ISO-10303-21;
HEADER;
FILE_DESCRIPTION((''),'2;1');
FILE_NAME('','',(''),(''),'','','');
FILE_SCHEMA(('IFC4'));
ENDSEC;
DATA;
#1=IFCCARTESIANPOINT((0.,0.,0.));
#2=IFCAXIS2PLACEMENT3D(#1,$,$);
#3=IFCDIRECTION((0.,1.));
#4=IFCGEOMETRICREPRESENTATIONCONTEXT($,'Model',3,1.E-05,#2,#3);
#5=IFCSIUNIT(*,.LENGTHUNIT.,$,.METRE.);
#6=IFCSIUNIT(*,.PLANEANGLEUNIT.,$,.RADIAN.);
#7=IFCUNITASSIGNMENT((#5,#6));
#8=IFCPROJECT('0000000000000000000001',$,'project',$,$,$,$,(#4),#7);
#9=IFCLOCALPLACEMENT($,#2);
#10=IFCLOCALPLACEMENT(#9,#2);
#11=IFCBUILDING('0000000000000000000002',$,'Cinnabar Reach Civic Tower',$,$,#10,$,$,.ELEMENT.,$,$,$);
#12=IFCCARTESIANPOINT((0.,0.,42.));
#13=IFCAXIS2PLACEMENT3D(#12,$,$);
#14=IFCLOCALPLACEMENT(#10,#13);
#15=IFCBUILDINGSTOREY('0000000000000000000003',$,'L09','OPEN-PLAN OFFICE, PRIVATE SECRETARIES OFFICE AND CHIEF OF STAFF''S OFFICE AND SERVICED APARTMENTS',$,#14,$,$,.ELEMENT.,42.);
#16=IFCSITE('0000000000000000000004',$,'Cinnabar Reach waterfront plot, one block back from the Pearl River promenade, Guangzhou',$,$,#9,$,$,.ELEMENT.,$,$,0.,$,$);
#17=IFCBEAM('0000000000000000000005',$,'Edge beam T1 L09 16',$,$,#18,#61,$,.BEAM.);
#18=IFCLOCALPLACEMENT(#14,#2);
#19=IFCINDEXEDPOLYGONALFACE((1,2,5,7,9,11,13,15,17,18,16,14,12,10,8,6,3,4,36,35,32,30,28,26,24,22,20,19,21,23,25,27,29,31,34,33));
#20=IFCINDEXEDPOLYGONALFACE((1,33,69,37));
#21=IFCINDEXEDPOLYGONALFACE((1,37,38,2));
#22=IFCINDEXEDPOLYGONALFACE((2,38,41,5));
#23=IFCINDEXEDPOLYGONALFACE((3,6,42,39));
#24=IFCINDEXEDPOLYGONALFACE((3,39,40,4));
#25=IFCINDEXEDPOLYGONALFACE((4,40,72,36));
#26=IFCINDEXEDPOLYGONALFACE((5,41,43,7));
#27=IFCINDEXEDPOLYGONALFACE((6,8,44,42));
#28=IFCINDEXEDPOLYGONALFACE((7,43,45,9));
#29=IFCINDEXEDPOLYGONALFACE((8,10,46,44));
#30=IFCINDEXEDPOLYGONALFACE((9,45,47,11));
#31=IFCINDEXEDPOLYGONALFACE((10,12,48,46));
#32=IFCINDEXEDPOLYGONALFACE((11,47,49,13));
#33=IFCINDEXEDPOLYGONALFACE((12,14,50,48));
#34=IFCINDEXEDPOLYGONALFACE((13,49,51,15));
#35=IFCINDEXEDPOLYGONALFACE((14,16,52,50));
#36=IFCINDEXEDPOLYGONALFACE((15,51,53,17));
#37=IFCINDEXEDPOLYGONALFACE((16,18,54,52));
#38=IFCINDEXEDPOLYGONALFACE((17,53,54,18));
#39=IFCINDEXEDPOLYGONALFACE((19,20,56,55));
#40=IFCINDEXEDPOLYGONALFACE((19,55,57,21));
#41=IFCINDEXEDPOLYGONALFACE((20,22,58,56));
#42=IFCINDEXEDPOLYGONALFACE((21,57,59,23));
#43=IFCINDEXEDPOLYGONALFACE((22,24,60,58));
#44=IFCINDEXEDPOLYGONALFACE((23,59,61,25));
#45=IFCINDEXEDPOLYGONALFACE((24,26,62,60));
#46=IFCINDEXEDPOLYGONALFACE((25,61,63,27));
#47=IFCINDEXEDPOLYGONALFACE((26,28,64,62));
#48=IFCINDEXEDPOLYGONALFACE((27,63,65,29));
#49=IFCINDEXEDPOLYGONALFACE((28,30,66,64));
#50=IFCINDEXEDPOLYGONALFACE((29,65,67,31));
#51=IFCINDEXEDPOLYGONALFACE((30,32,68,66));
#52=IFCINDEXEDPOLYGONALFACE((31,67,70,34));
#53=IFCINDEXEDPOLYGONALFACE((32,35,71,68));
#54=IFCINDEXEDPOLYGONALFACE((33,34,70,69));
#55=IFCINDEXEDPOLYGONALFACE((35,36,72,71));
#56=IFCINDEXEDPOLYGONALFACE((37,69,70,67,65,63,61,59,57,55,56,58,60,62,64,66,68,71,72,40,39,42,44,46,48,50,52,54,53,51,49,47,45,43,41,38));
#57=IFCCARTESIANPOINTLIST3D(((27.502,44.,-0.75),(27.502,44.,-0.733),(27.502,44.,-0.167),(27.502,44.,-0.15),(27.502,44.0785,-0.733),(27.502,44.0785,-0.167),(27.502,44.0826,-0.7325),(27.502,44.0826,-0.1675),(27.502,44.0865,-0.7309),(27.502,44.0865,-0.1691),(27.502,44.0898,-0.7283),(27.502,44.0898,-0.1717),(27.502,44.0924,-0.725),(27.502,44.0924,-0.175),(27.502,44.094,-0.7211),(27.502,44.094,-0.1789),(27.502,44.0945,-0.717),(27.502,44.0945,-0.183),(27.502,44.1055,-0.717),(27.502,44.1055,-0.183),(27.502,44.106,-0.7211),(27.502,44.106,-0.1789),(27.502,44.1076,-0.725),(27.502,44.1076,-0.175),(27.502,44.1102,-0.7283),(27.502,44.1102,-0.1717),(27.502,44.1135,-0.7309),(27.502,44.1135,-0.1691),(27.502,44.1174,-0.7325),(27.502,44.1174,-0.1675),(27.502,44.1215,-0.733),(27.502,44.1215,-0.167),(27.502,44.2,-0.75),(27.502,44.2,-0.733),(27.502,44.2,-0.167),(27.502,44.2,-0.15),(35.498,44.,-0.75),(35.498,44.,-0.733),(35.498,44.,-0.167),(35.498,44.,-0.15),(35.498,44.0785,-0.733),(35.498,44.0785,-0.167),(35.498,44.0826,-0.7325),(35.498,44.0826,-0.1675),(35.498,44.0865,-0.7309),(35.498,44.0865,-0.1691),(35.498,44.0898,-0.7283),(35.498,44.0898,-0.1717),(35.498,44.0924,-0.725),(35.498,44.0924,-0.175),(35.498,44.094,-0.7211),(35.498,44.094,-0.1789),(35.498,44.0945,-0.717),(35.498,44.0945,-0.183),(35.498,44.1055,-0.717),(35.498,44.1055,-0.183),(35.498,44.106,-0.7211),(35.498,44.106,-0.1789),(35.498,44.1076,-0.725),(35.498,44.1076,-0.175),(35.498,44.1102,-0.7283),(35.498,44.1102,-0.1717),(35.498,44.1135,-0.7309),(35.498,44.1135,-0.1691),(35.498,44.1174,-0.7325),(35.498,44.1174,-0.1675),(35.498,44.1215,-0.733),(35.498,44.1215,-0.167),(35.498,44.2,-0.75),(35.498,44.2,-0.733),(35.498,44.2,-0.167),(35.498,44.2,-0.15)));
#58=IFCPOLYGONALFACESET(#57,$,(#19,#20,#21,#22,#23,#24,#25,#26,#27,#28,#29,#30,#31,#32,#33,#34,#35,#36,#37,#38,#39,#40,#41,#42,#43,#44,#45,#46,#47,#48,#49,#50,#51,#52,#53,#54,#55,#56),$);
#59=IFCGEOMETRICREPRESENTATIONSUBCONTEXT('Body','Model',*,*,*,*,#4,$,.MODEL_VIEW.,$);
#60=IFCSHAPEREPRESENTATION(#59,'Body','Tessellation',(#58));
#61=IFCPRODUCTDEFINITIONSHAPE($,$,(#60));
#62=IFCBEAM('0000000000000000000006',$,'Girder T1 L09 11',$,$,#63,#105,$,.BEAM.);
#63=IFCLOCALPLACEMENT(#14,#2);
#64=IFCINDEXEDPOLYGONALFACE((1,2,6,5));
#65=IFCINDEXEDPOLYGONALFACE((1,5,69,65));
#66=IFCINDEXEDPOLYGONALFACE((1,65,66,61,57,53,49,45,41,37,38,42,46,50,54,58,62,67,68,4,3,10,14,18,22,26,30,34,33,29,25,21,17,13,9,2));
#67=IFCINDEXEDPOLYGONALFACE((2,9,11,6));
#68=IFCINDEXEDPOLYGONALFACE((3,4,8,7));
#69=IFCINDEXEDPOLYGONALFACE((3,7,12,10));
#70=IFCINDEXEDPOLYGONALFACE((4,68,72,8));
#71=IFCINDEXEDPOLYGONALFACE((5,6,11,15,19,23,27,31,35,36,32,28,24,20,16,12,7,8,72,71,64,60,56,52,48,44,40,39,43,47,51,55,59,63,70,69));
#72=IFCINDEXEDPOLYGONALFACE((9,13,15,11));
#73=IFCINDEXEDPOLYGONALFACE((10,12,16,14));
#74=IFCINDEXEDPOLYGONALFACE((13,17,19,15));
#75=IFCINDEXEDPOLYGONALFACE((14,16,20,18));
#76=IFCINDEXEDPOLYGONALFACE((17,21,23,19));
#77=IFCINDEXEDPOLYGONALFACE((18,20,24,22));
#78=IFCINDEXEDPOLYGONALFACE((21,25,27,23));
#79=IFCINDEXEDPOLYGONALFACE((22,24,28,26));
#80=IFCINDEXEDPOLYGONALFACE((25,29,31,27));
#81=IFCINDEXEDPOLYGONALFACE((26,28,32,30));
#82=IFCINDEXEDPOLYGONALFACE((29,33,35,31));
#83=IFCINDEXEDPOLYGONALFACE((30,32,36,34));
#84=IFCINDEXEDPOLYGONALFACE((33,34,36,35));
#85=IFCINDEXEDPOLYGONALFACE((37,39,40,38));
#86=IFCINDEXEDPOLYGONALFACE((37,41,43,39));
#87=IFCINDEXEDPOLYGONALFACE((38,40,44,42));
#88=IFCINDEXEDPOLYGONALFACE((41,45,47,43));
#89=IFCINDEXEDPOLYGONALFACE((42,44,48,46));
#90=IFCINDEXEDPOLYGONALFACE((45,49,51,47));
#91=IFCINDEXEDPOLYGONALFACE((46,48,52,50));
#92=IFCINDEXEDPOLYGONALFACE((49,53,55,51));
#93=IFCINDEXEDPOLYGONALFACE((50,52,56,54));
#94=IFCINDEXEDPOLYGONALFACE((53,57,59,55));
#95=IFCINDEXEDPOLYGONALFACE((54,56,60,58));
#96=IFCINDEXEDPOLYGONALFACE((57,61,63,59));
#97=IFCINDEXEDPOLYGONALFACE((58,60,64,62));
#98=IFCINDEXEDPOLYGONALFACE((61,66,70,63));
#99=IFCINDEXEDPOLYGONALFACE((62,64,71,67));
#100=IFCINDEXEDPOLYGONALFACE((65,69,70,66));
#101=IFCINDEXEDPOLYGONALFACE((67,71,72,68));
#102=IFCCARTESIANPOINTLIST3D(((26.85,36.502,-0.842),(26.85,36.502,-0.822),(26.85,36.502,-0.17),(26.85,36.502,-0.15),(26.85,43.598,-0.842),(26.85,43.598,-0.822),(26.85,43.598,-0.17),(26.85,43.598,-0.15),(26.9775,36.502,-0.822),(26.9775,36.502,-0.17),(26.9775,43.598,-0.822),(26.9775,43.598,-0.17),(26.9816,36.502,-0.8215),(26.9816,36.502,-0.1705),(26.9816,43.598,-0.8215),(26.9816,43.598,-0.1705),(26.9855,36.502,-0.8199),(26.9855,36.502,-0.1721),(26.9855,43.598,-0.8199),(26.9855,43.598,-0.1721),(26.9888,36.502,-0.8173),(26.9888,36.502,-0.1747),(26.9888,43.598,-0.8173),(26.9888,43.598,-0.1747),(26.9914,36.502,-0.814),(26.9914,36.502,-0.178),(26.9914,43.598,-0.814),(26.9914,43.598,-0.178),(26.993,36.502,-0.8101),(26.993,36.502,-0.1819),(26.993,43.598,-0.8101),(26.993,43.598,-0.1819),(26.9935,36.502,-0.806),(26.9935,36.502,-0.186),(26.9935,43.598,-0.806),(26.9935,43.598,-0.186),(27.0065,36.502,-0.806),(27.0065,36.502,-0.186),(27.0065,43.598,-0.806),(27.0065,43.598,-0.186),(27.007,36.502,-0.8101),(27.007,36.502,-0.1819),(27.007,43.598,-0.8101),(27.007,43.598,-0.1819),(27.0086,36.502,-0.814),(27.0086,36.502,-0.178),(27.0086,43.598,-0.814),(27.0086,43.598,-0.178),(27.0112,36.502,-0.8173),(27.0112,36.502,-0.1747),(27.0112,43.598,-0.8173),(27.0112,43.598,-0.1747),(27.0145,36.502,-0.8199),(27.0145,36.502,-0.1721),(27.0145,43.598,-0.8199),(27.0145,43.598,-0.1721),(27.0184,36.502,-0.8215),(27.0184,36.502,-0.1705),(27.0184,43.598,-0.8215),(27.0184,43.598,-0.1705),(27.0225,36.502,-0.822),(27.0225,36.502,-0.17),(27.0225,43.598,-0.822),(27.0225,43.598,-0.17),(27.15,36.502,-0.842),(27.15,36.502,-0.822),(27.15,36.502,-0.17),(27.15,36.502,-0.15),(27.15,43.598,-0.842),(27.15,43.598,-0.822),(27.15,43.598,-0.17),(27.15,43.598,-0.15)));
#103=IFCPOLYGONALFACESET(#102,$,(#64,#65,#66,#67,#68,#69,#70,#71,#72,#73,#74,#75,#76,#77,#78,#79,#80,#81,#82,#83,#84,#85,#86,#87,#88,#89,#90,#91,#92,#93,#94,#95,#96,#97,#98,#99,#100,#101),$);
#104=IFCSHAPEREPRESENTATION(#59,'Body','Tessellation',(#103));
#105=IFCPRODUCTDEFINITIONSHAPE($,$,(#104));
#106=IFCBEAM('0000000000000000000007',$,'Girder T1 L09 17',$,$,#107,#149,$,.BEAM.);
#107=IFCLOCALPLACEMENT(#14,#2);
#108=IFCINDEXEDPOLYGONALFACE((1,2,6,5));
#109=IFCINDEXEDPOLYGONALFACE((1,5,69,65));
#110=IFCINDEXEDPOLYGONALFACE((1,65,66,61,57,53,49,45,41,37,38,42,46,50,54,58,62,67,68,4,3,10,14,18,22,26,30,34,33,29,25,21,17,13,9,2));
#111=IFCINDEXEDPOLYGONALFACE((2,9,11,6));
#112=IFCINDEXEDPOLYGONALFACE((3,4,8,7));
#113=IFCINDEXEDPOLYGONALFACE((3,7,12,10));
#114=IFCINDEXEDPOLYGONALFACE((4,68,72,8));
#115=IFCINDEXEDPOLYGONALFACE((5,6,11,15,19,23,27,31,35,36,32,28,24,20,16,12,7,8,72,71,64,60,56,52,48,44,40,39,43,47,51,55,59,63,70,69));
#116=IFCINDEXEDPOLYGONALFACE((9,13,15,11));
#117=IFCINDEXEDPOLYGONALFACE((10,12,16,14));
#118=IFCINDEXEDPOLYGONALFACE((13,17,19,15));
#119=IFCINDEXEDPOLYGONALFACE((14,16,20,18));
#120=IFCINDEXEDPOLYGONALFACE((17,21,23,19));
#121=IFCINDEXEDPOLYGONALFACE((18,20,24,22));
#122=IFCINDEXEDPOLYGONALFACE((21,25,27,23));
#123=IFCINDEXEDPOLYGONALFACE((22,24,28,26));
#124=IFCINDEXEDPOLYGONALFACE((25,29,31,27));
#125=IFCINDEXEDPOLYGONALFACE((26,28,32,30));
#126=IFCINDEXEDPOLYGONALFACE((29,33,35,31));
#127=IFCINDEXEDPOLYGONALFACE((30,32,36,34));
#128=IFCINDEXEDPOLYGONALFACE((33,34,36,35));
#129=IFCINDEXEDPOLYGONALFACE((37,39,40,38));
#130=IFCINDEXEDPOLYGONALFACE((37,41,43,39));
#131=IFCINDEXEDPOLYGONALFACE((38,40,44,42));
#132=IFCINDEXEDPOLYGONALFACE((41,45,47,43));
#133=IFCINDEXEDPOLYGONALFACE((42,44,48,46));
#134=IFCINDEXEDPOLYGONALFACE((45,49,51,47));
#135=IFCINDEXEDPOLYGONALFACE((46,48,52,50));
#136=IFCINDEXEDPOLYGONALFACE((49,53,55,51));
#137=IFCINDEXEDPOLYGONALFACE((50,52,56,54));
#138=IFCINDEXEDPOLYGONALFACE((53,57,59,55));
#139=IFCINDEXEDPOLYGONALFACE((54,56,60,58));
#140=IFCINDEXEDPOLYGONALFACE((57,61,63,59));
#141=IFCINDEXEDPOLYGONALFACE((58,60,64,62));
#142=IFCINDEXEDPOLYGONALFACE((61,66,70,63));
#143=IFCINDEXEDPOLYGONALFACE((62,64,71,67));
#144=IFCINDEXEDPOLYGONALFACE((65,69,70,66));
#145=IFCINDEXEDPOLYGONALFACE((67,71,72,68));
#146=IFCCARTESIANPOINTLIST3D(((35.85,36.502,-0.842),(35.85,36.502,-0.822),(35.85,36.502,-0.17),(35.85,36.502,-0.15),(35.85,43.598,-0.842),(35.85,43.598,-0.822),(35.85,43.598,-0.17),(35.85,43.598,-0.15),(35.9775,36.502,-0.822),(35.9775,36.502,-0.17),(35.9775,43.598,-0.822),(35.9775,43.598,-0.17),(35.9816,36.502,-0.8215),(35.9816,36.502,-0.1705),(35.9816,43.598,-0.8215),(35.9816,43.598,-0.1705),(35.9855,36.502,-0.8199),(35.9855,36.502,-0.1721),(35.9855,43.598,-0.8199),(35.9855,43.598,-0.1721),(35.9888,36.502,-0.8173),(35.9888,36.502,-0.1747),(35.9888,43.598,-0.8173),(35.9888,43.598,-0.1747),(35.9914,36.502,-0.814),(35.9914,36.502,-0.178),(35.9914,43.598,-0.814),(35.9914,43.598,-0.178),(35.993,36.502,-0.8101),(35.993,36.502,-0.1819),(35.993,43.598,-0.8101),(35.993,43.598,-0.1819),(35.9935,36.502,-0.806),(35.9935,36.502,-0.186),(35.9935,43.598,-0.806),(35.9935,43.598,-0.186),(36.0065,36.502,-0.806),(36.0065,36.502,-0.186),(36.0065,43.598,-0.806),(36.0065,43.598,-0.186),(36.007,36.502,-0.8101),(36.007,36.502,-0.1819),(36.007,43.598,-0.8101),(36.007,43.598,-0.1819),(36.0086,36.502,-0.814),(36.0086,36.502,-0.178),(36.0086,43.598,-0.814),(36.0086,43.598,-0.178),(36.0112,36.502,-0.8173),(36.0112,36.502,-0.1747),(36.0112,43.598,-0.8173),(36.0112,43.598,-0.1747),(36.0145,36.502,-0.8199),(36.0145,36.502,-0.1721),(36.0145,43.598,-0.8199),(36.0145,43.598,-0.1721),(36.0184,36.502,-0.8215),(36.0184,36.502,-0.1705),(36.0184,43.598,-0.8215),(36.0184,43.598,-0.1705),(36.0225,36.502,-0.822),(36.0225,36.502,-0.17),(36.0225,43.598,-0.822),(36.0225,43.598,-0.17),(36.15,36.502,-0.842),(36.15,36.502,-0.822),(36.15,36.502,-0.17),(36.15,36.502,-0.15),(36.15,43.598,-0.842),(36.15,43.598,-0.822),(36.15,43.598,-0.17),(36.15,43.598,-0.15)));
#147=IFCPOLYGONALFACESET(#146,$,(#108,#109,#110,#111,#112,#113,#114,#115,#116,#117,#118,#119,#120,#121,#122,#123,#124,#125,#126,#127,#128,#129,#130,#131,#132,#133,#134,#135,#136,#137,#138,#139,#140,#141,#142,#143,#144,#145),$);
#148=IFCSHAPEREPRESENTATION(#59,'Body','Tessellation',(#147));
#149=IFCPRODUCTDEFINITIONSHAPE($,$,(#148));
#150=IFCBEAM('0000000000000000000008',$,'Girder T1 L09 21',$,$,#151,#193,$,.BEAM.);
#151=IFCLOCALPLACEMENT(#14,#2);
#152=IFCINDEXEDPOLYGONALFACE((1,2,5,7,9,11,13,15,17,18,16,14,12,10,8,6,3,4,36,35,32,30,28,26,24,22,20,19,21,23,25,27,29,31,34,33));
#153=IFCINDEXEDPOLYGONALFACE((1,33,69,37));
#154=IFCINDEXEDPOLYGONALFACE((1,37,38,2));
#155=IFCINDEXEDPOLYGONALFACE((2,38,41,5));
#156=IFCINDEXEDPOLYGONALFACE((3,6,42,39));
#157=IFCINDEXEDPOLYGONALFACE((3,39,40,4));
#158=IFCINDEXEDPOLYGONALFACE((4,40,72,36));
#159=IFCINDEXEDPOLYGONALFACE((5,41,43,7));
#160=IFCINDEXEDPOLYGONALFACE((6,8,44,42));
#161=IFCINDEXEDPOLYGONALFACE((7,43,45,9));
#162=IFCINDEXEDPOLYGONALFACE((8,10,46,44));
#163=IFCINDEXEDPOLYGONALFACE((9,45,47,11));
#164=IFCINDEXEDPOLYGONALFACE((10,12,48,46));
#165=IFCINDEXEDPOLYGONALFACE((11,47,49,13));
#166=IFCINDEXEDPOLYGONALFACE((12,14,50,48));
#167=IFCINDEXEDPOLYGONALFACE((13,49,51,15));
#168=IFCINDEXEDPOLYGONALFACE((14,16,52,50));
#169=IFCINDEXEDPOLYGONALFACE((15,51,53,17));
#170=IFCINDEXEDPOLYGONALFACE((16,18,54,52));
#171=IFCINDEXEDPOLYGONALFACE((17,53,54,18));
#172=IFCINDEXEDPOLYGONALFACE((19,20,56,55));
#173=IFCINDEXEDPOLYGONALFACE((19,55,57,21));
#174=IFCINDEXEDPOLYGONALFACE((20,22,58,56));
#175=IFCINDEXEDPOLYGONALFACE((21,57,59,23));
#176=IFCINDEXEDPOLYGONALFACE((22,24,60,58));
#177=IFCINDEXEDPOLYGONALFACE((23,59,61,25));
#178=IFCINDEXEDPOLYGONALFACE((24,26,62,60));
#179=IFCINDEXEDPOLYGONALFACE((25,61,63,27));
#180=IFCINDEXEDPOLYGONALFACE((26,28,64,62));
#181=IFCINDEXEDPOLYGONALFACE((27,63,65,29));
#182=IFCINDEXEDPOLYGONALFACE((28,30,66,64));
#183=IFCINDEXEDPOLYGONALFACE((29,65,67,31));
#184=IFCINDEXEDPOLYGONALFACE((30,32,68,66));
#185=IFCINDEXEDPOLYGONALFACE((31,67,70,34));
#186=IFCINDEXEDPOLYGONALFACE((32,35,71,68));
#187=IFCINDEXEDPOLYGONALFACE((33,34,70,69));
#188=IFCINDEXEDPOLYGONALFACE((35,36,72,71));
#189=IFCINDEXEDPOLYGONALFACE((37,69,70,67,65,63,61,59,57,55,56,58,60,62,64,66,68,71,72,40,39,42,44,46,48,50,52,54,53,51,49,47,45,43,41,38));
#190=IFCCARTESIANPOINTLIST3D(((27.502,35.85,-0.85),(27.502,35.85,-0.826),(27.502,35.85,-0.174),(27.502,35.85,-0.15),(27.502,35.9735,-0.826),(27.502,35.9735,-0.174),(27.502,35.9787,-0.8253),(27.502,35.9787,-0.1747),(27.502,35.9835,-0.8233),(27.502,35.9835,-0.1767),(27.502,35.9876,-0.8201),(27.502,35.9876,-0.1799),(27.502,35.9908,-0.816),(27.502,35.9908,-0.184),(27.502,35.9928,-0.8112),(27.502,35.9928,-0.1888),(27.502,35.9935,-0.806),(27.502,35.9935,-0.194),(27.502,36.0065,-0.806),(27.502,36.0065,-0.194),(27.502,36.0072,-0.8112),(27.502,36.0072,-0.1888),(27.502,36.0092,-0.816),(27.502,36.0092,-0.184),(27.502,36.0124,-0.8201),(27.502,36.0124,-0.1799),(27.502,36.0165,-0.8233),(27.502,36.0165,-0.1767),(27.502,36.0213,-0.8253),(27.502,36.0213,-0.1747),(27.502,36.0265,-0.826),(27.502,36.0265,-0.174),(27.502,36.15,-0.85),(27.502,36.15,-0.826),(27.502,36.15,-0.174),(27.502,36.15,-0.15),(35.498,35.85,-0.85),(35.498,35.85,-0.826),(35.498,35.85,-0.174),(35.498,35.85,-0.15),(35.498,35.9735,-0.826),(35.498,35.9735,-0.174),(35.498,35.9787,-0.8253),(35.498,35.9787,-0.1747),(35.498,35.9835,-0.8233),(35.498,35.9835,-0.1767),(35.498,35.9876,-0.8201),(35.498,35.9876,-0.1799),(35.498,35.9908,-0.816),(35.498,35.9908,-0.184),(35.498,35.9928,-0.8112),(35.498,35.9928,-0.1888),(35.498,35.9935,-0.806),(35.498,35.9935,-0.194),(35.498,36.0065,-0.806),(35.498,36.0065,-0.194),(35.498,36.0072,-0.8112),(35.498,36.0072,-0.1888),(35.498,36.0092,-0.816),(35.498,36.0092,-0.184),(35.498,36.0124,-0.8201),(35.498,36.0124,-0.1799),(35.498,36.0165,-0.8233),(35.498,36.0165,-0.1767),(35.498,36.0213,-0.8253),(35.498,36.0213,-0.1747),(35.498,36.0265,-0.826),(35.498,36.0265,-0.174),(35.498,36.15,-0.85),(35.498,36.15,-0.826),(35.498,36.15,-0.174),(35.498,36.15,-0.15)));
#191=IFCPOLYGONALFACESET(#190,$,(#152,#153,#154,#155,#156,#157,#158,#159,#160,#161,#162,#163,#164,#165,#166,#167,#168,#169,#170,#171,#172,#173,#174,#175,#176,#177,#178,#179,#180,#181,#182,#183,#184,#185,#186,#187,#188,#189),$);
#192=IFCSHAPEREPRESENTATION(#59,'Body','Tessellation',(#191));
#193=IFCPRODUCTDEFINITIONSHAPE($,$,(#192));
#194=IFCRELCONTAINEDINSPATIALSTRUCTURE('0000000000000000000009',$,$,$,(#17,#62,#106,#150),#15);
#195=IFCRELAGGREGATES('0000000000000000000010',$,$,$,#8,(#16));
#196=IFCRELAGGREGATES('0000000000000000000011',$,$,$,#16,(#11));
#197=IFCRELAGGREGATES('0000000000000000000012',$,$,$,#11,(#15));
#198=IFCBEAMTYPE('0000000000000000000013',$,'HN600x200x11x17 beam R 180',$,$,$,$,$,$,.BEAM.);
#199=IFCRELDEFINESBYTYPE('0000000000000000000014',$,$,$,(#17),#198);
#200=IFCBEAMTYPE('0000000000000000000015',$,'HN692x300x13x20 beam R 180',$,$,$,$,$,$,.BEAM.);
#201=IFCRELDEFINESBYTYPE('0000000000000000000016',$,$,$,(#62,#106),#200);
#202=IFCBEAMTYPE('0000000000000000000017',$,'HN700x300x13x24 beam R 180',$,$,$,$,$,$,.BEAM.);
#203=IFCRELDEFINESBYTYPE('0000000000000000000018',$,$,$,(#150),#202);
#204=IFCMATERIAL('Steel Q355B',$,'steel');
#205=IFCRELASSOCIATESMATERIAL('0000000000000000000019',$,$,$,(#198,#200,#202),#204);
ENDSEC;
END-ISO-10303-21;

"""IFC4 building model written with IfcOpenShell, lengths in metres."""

from ifc_helpers import new_model, si_unit, direction, frame, origin, origin_2d, place, context, subcontext, project, spatial, i_section, extrude, material, material_profile, profile_set, type_object, element, save


model = new_model("IFC4")

# Units and contexts
model_context = context("Model", 3, precision=1e-05, world=origin(), true_north=direction((0.0, 1.0)))
body_context = subcontext(model_context, "Body", "Model", "MODEL_VIEW")
ifc_project = project(units=[si_unit("LENGTHUNIT", "METRE"), si_unit("PLANEANGLEUNIT", "RADIAN")], contexts=[model_context])

# Site, building, storey
site_placement = place(None, origin())
site = spatial("IfcSite", under=ifc_project, at=site_placement, Name="Cinnabar Reach waterfront plot, one block back from the Pearl River promenade, Guangzhou", CompositionType="ELEMENT", RefElevation=0.0)
building_placement = place(site_placement, origin())
building = spatial("IfcBuilding", under=site, at=building_placement, Name="Cinnabar Reach Civic Tower", CompositionType="ELEMENT")
storey_placement = place(building_placement, frame((0.0, 0.0, 42.0)))
storey = spatial("IfcBuildingStorey", under=building, at=storey_placement, Name="L09", Description="OPEN-PLAN OFFICE, PRIVATE SECRETARIES OFFICE AND CHIEF OF STAFF'S OFFICE AND SERVICED APARTMENTS", CompositionType="ELEMENT", Elevation=42.0)

# Beams
ifc_material_1 = material(Name="Steel Q355B", Category="steel")
ifc_material_profile_1 = material_profile(ifc_material_1, i_section(OverallWidth=0.2, OverallDepth=0.6, WebThickness=0.011, FlangeThickness=0.017, FilletRadius=0.016, at=origin_2d()), Name="HN600x200x11x17")
ifc_profile_set_1 = profile_set([ifc_material_profile_1], Name="Steel Q355B")
beam_type_1 = type_object("IfcBeamType", Name="HN600x200x11x17 beam R 180", PredefinedType="BEAM", material=ifc_profile_set_1)
beam_1_placement = place(storey_placement, frame((35.498, 44.1, -0.45), z_axis=(-1.0, 0.0, 0.0), x_axis=(0.0, -1.0, 0.0)))
element("IfcBeam", 1, at=beam_1_placement, inside=storey, type_object=beam_type_1, Name="Edge beam T1 L09 16", PredefinedType="BEAM", context=body_context, shape_type="SweptSolid", body=[
    extrude(i_section(OverallWidth=0.2, OverallDepth=0.6, WebThickness=0.011, FlangeThickness=0.017, FilletRadius=0.016, at=origin_2d()), origin(), (0.0, 0.0, 1.0), 7.996),
])
ifc_material_profile_2 = material_profile(ifc_material_1, i_section(OverallWidth=0.3, OverallDepth=0.692, WebThickness=0.013, FlangeThickness=0.02, FilletRadius=0.016, at=origin_2d()), Name="HN692x300x13x20")
ifc_profile_set_2 = profile_set([ifc_material_profile_2], Name="Steel Q355B")
beam_type_2 = type_object("IfcBeamType", Name="HN692x300x13x20 beam R 180", PredefinedType="BEAM", material=ifc_profile_set_2)
for number, where, z_axis, x_axis, name in (
    (2, (27.0, 36.502, -0.496), (0.0, 1.0, 0.0), (-1.0, 0.0, 0.0), "Girder T1 L09 11"),
    (3, (36.0, 36.502, -0.496), (0.0, 1.0, 0.0), (-1.0, 0.0, 0.0), "Girder T1 L09 17"),
):
    element("IfcBeam", number, at=place(storey_placement, frame(where, z_axis=z_axis, x_axis=x_axis)), inside=storey, type_object=beam_type_2, Name=name, PredefinedType="BEAM", context=body_context, shape_type="SweptSolid", body=[
        extrude(i_section(OverallWidth=0.3, OverallDepth=0.692, WebThickness=0.013, FlangeThickness=0.02, FilletRadius=0.016, at=origin_2d()), origin(), (0.0, 0.0, 1.0), 7.096),
    ])
ifc_material_profile_3 = material_profile(ifc_material_1, i_section(OverallWidth=0.3, OverallDepth=0.7, WebThickness=0.013, FlangeThickness=0.024, FilletRadius=0.02, at=origin_2d()), Name="HN700x300x13x24")
ifc_profile_set_3 = profile_set([ifc_material_profile_3], Name="Steel Q355B")
beam_type_3 = type_object("IfcBeamType", Name="HN700x300x13x24 beam R 180", PredefinedType="BEAM", material=ifc_profile_set_3)
for number, where, z_axis, x_axis, name in (
    (4, (27.502, 36.0, -0.5), (1.0, 0.0, 0.0), (0.0, 1.0, 0.0), "Girder T1 L09 21"),
):
    element("IfcBeam", number, at=place(storey_placement, frame(where, z_axis=z_axis, x_axis=x_axis)), inside=storey, type_object=beam_type_3, Name=name, PredefinedType="BEAM", context=body_context, shape_type="SweptSolid", body=[
        extrude(i_section(OverallWidth=0.3, OverallDepth=0.7, WebThickness=0.013, FlangeThickness=0.024, FilletRadius=0.02, at=origin_2d()), origin(), (0.0, 0.0, 1.0), 7.996),
    ])

save(model, "model.ifc")
